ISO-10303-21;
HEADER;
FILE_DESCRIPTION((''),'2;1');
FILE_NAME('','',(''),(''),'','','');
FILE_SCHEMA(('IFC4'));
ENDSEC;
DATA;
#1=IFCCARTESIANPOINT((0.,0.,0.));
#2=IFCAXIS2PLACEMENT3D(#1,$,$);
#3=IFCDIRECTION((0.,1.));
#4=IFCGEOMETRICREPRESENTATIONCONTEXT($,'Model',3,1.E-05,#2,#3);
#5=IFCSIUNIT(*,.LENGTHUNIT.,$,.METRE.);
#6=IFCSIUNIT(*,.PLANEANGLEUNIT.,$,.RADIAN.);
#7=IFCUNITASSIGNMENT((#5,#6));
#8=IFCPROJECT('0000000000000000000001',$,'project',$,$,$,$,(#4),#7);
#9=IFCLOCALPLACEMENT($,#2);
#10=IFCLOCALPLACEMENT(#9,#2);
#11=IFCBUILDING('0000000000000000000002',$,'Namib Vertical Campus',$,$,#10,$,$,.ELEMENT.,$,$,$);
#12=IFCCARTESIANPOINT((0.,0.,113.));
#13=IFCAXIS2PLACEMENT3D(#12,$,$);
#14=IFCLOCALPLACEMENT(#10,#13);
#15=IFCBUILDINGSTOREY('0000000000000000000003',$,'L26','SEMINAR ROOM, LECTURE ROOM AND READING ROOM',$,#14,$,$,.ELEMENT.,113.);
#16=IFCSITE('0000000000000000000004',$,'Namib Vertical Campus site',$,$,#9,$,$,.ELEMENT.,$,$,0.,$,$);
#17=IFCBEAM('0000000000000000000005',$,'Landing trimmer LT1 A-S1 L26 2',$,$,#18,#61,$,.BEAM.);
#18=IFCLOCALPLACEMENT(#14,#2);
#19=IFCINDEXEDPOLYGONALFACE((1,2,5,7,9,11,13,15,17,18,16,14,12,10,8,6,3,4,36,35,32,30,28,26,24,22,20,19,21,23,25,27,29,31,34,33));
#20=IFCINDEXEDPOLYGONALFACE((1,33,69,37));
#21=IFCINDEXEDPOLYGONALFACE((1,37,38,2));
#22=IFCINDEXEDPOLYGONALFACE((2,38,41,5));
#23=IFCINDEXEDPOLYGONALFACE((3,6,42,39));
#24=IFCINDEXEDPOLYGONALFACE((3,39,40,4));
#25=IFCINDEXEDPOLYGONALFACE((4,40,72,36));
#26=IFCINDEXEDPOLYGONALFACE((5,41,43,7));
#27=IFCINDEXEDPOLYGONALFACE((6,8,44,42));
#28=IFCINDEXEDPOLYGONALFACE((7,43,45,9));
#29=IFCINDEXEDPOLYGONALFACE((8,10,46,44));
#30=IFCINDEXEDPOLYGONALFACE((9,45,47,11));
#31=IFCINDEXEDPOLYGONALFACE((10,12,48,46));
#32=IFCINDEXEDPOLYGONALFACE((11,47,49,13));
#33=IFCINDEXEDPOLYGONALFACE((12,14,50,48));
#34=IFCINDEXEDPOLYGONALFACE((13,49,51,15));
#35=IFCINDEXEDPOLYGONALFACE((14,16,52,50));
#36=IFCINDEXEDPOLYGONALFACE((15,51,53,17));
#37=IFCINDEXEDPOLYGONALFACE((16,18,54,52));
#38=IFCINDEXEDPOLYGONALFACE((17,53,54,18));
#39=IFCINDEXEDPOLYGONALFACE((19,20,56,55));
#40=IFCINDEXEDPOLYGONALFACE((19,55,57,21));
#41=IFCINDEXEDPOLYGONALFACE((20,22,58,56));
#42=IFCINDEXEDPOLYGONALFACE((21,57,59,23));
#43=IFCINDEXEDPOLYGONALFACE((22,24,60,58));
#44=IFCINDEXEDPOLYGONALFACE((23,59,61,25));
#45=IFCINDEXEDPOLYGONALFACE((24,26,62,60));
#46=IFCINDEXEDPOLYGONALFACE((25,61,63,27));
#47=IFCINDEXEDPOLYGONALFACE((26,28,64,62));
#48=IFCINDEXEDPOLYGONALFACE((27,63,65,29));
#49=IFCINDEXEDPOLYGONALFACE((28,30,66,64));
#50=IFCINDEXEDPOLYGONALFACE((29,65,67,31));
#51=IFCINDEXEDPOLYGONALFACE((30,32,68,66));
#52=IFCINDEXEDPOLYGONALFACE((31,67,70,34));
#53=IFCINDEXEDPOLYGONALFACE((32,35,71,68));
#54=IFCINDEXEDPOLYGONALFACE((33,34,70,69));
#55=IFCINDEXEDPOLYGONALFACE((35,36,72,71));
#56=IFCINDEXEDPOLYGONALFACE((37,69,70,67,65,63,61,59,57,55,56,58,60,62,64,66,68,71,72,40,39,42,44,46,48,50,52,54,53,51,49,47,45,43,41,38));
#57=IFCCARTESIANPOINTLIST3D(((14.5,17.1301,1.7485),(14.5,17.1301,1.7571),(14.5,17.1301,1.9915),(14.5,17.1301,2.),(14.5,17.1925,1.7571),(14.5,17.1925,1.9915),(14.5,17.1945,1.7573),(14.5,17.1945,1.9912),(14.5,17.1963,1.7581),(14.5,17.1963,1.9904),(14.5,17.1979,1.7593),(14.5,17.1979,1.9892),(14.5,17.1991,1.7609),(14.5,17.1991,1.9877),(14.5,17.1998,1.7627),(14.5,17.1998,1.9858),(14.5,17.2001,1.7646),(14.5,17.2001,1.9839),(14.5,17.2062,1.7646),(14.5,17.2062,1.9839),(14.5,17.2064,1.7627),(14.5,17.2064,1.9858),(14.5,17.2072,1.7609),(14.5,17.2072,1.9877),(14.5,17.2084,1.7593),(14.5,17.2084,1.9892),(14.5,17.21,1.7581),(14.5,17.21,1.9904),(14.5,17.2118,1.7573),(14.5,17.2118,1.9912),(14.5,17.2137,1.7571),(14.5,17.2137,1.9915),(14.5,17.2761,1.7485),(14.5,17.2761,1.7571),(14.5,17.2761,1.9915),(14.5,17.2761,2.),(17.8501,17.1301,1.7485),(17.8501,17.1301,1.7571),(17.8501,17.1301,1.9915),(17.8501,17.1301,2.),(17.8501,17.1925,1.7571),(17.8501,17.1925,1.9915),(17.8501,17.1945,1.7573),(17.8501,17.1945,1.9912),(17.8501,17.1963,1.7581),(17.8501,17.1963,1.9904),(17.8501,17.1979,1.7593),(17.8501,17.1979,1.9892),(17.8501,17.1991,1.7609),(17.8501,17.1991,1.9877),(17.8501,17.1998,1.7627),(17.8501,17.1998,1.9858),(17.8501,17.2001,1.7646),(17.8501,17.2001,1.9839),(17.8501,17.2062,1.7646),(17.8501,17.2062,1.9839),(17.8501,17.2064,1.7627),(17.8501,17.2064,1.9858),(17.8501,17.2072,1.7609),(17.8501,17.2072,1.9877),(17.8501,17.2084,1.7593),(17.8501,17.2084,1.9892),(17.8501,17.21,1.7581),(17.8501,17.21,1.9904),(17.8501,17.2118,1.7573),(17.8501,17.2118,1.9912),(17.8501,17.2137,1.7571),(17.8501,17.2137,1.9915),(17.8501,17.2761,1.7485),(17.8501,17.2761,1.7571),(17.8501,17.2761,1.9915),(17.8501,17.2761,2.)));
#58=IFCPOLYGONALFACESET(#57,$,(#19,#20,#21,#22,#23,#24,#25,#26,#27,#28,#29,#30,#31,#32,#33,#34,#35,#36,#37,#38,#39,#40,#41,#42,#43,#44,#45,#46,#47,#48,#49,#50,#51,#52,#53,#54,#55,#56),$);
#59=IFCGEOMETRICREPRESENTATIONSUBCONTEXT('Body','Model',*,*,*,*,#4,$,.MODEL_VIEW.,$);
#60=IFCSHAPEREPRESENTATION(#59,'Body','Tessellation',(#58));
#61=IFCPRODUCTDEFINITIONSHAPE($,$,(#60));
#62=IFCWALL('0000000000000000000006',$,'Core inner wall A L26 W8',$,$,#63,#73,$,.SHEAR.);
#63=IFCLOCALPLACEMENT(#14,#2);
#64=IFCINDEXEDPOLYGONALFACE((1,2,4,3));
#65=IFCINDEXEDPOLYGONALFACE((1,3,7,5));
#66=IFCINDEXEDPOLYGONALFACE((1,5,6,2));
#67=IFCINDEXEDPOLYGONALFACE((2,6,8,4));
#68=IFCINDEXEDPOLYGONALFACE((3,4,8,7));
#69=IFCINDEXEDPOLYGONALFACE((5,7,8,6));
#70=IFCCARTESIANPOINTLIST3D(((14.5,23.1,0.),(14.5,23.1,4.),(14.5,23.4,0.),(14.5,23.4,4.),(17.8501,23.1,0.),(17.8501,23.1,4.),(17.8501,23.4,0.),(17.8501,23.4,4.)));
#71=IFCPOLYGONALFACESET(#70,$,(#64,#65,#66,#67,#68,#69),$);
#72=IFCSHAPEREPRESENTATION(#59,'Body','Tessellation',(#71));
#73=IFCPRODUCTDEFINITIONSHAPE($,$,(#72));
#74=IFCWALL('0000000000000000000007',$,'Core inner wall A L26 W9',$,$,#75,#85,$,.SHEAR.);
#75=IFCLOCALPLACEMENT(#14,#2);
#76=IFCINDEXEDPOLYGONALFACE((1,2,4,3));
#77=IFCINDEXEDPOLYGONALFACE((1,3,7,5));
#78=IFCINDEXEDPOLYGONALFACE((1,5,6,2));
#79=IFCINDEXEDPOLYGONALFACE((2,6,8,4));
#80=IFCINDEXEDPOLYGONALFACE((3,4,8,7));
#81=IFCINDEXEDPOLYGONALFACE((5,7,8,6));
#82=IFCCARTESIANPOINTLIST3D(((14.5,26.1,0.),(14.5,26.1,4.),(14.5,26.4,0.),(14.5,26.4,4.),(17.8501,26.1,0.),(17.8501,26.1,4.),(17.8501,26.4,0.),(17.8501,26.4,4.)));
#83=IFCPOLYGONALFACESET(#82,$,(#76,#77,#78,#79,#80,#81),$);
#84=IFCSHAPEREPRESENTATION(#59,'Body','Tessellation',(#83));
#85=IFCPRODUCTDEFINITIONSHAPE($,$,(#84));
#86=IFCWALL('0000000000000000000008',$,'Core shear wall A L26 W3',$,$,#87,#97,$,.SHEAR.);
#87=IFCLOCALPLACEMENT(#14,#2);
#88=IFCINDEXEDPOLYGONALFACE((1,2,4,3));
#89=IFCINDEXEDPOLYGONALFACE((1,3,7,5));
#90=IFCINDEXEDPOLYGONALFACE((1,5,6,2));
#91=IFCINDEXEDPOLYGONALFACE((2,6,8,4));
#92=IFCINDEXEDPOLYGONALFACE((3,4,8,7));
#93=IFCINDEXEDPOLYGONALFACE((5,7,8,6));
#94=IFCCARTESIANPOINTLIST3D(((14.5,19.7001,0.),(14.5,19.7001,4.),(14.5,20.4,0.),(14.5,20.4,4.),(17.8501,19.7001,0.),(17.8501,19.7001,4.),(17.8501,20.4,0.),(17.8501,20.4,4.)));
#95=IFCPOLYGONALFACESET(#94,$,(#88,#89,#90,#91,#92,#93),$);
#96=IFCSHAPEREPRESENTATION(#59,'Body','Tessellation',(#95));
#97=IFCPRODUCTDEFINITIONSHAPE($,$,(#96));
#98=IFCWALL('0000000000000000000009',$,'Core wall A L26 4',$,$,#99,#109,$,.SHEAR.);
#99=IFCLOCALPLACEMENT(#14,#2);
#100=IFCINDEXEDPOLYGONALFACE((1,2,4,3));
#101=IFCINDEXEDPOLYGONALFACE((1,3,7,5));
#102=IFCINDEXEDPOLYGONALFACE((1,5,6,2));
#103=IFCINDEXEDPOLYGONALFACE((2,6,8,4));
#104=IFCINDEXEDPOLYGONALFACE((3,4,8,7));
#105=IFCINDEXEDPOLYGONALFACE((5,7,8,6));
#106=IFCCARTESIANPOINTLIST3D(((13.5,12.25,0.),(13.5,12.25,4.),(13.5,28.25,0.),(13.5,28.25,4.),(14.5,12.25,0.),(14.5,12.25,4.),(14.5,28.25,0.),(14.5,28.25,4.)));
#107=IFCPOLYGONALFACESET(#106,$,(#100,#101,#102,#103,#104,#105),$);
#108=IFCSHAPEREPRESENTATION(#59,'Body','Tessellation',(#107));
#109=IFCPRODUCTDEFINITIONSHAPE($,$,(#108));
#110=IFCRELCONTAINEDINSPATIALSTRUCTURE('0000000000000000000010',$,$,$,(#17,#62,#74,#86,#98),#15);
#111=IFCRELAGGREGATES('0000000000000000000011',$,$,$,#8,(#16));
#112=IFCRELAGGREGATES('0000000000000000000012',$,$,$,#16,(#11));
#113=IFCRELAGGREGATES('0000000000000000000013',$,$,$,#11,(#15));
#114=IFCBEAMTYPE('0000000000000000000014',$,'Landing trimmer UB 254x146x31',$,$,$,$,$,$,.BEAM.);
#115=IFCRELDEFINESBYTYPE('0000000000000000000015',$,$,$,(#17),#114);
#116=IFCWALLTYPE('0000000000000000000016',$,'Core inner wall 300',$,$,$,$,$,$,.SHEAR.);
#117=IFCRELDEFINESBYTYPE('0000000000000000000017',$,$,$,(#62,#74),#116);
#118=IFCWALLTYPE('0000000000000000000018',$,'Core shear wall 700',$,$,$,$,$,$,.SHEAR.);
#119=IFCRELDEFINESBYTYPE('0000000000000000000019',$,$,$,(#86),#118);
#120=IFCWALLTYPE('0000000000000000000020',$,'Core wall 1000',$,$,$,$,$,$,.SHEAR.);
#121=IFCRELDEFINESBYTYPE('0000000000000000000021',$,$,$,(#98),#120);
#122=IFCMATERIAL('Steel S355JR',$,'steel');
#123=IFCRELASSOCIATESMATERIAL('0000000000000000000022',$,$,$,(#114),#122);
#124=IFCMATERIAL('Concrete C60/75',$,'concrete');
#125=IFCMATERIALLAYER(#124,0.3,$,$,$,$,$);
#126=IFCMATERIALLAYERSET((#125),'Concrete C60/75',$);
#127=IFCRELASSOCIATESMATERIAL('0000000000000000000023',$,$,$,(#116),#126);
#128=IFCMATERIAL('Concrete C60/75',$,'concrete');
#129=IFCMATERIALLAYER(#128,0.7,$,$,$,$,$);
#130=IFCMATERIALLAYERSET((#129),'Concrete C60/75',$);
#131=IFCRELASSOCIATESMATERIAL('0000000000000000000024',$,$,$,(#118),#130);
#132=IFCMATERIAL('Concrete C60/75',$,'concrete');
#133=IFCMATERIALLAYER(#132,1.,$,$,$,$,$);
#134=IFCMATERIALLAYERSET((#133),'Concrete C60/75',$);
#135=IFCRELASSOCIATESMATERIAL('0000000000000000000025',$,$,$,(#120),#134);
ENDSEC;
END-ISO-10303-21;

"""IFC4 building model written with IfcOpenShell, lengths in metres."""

from ifc_helpers import new_model, si_unit, direction, frame, frame_2d, origin, origin_2d, place, context, subcontext, project, spatial, rectangle, i_section, extrude, material, layer, layer_set, material_profile, profile_set, type_object, element, save


model = new_model("IFC4")

# Units and contexts
model_context = context("Model", 3, precision=1e-05, world=origin(), true_north=direction((0.0, 1.0)))
body_context = subcontext(model_context, "Body", "Model", "MODEL_VIEW")
ifc_project = project(units=[si_unit("LENGTHUNIT", "METRE"), si_unit("PLANEANGLEUNIT", "RADIAN")], contexts=[model_context])

# Site, building, storey
site_placement = place(None, origin())
site = spatial("IfcSite", under=ifc_project, at=site_placement, Name="Namib Vertical Campus site", CompositionType="ELEMENT", RefElevation=0.0)
building_placement = place(site_placement, origin())
building = spatial("IfcBuilding", under=site, at=building_placement, Name="Namib Vertical Campus", CompositionType="ELEMENT")
storey_placement = place(building_placement, frame((0.0, 0.0, 113.0)))
storey = spatial("IfcBuildingStorey", under=building, at=storey_placement, Name="L26", Description="SEMINAR ROOM, LECTURE ROOM AND READING ROOM", CompositionType="ELEMENT", Elevation=113.0)

# Beam
ifc_material_1 = material(Name="Steel S355JR", Category="steel")
ifc_material_profile = material_profile(ifc_material_1, i_section(OverallWidth=0.146, OverallDepth=0.2515, WebThickness=0.0061, FlangeThickness=0.0085, FilletRadius=0.0076, at=origin_2d()))
ifc_profile_set = profile_set([ifc_material_profile], Name="Steel S355JR")
beam_type = type_object("IfcBeamType", Name="Landing trimmer UB 254x146x31", PredefinedType="BEAM", material=ifc_profile_set)
beam_placement = place(storey_placement, frame((14.5, 17.2031, 1.8743), z_axis=(1.0, 0.0, 0.0), x_axis=(0.0, 1.0, 0.0)))
element("IfcBeam", 1, at=beam_placement, inside=storey, type_object=beam_type, Name="Landing trimmer LT1 A-S1 L26 2", PredefinedType="BEAM", context=body_context, shape_type="SweptSolid", body=[
    extrude(i_section(OverallWidth=0.146, OverallDepth=0.2515, WebThickness=0.0061, FlangeThickness=0.0085, FilletRadius=0.0076, at=origin_2d()), origin(), (0.0, 0.0, 1.0), 3.3501),
])

# Walls
ifc_material_2 = material(Name="Concrete C60/75", Category="concrete")
ifc_layer_1 = layer(ifc_material_2, 0.3)
ifc_layer_set_1 = layer_set([ifc_layer_1], Name="Concrete C60/75")
wall_type_1 = type_object("IfcWallType", Name="Core inner wall 300", PredefinedType="SHEAR", material=ifc_layer_set_1)
for number, where, z_axis, x_axis, name in (
    (2, (14.5, 23.25, 0.0), (0.0, 0.0, 1.0), (1.0, 0.0, 0.0), "Core inner wall A L26 W8"),
    (3, (14.5, 26.25, 0.0), (0.0, 0.0, 1.0), (1.0, 0.0, 0.0), "Core inner wall A L26 W9"),
):
    element("IfcWall", number, at=place(storey_placement, frame(where, z_axis=z_axis, x_axis=x_axis)), inside=storey, type_object=wall_type_1, Name=name, PredefinedType="SHEAR", context=body_context, shape_type="SweptSolid", body=[
        extrude(rectangle(XDim=3.3501, YDim=0.3, at=frame_2d((1.675, 0.0))), origin(), (0.0, 0.0, 1.0), 4.0),
    ])
ifc_material_3 = material(Name="Concrete C60/75", Category="concrete")
ifc_layer_2 = layer(ifc_material_3, 0.7)
ifc_layer_set_2 = layer_set([ifc_layer_2], Name="Concrete C60/75")
wall_type_2 = type_object("IfcWallType", Name="Core shear wall 700", PredefinedType="SHEAR", material=ifc_layer_set_2)
wall_1_placement = place(storey_placement, frame((14.5, 20.05, 0.0), z_axis=(0.0, 0.0, 1.0), x_axis=(1.0, 0.0, 0.0)))
element("IfcWall", 4, at=wall_1_placement, inside=storey, type_object=wall_type_2, Name="Core shear wall A L26 W3", PredefinedType="SHEAR", context=body_context, shape_type="SweptSolid", body=[
    extrude(rectangle(XDim=3.3501, YDim=0.7, at=frame_2d((1.675, 0.0))), origin(), (0.0, 0.0, 1.0), 4.0),
])
ifc_material_4 = material(Name="Concrete C60/75", Category="concrete")
ifc_layer_3 = layer(ifc_material_4, 1.0)
ifc_layer_set_3 = layer_set([ifc_layer_3], Name="Concrete C60/75")
wall_type_3 = type_object("IfcWallType", Name="Core wall 1000", PredefinedType="SHEAR", material=ifc_layer_set_3)
wall_2_placement = place(storey_placement, frame((14.0, 28.25, 0.0), z_axis=(0.0, 0.0, 1.0), x_axis=(0.0, -1.0, 0.0)))
element("IfcWall", 5, at=wall_2_placement, inside=storey, type_object=wall_type_3, Name="Core wall A L26 4", PredefinedType="SHEAR", context=body_context, shape_type="SweptSolid", body=[
    extrude(rectangle(XDim=16.0, YDim=1.0, at=frame_2d((8.0, 0.0))), origin(), (0.0, 0.0, 1.0), 4.0),
])

save(model, "model.ifc")
